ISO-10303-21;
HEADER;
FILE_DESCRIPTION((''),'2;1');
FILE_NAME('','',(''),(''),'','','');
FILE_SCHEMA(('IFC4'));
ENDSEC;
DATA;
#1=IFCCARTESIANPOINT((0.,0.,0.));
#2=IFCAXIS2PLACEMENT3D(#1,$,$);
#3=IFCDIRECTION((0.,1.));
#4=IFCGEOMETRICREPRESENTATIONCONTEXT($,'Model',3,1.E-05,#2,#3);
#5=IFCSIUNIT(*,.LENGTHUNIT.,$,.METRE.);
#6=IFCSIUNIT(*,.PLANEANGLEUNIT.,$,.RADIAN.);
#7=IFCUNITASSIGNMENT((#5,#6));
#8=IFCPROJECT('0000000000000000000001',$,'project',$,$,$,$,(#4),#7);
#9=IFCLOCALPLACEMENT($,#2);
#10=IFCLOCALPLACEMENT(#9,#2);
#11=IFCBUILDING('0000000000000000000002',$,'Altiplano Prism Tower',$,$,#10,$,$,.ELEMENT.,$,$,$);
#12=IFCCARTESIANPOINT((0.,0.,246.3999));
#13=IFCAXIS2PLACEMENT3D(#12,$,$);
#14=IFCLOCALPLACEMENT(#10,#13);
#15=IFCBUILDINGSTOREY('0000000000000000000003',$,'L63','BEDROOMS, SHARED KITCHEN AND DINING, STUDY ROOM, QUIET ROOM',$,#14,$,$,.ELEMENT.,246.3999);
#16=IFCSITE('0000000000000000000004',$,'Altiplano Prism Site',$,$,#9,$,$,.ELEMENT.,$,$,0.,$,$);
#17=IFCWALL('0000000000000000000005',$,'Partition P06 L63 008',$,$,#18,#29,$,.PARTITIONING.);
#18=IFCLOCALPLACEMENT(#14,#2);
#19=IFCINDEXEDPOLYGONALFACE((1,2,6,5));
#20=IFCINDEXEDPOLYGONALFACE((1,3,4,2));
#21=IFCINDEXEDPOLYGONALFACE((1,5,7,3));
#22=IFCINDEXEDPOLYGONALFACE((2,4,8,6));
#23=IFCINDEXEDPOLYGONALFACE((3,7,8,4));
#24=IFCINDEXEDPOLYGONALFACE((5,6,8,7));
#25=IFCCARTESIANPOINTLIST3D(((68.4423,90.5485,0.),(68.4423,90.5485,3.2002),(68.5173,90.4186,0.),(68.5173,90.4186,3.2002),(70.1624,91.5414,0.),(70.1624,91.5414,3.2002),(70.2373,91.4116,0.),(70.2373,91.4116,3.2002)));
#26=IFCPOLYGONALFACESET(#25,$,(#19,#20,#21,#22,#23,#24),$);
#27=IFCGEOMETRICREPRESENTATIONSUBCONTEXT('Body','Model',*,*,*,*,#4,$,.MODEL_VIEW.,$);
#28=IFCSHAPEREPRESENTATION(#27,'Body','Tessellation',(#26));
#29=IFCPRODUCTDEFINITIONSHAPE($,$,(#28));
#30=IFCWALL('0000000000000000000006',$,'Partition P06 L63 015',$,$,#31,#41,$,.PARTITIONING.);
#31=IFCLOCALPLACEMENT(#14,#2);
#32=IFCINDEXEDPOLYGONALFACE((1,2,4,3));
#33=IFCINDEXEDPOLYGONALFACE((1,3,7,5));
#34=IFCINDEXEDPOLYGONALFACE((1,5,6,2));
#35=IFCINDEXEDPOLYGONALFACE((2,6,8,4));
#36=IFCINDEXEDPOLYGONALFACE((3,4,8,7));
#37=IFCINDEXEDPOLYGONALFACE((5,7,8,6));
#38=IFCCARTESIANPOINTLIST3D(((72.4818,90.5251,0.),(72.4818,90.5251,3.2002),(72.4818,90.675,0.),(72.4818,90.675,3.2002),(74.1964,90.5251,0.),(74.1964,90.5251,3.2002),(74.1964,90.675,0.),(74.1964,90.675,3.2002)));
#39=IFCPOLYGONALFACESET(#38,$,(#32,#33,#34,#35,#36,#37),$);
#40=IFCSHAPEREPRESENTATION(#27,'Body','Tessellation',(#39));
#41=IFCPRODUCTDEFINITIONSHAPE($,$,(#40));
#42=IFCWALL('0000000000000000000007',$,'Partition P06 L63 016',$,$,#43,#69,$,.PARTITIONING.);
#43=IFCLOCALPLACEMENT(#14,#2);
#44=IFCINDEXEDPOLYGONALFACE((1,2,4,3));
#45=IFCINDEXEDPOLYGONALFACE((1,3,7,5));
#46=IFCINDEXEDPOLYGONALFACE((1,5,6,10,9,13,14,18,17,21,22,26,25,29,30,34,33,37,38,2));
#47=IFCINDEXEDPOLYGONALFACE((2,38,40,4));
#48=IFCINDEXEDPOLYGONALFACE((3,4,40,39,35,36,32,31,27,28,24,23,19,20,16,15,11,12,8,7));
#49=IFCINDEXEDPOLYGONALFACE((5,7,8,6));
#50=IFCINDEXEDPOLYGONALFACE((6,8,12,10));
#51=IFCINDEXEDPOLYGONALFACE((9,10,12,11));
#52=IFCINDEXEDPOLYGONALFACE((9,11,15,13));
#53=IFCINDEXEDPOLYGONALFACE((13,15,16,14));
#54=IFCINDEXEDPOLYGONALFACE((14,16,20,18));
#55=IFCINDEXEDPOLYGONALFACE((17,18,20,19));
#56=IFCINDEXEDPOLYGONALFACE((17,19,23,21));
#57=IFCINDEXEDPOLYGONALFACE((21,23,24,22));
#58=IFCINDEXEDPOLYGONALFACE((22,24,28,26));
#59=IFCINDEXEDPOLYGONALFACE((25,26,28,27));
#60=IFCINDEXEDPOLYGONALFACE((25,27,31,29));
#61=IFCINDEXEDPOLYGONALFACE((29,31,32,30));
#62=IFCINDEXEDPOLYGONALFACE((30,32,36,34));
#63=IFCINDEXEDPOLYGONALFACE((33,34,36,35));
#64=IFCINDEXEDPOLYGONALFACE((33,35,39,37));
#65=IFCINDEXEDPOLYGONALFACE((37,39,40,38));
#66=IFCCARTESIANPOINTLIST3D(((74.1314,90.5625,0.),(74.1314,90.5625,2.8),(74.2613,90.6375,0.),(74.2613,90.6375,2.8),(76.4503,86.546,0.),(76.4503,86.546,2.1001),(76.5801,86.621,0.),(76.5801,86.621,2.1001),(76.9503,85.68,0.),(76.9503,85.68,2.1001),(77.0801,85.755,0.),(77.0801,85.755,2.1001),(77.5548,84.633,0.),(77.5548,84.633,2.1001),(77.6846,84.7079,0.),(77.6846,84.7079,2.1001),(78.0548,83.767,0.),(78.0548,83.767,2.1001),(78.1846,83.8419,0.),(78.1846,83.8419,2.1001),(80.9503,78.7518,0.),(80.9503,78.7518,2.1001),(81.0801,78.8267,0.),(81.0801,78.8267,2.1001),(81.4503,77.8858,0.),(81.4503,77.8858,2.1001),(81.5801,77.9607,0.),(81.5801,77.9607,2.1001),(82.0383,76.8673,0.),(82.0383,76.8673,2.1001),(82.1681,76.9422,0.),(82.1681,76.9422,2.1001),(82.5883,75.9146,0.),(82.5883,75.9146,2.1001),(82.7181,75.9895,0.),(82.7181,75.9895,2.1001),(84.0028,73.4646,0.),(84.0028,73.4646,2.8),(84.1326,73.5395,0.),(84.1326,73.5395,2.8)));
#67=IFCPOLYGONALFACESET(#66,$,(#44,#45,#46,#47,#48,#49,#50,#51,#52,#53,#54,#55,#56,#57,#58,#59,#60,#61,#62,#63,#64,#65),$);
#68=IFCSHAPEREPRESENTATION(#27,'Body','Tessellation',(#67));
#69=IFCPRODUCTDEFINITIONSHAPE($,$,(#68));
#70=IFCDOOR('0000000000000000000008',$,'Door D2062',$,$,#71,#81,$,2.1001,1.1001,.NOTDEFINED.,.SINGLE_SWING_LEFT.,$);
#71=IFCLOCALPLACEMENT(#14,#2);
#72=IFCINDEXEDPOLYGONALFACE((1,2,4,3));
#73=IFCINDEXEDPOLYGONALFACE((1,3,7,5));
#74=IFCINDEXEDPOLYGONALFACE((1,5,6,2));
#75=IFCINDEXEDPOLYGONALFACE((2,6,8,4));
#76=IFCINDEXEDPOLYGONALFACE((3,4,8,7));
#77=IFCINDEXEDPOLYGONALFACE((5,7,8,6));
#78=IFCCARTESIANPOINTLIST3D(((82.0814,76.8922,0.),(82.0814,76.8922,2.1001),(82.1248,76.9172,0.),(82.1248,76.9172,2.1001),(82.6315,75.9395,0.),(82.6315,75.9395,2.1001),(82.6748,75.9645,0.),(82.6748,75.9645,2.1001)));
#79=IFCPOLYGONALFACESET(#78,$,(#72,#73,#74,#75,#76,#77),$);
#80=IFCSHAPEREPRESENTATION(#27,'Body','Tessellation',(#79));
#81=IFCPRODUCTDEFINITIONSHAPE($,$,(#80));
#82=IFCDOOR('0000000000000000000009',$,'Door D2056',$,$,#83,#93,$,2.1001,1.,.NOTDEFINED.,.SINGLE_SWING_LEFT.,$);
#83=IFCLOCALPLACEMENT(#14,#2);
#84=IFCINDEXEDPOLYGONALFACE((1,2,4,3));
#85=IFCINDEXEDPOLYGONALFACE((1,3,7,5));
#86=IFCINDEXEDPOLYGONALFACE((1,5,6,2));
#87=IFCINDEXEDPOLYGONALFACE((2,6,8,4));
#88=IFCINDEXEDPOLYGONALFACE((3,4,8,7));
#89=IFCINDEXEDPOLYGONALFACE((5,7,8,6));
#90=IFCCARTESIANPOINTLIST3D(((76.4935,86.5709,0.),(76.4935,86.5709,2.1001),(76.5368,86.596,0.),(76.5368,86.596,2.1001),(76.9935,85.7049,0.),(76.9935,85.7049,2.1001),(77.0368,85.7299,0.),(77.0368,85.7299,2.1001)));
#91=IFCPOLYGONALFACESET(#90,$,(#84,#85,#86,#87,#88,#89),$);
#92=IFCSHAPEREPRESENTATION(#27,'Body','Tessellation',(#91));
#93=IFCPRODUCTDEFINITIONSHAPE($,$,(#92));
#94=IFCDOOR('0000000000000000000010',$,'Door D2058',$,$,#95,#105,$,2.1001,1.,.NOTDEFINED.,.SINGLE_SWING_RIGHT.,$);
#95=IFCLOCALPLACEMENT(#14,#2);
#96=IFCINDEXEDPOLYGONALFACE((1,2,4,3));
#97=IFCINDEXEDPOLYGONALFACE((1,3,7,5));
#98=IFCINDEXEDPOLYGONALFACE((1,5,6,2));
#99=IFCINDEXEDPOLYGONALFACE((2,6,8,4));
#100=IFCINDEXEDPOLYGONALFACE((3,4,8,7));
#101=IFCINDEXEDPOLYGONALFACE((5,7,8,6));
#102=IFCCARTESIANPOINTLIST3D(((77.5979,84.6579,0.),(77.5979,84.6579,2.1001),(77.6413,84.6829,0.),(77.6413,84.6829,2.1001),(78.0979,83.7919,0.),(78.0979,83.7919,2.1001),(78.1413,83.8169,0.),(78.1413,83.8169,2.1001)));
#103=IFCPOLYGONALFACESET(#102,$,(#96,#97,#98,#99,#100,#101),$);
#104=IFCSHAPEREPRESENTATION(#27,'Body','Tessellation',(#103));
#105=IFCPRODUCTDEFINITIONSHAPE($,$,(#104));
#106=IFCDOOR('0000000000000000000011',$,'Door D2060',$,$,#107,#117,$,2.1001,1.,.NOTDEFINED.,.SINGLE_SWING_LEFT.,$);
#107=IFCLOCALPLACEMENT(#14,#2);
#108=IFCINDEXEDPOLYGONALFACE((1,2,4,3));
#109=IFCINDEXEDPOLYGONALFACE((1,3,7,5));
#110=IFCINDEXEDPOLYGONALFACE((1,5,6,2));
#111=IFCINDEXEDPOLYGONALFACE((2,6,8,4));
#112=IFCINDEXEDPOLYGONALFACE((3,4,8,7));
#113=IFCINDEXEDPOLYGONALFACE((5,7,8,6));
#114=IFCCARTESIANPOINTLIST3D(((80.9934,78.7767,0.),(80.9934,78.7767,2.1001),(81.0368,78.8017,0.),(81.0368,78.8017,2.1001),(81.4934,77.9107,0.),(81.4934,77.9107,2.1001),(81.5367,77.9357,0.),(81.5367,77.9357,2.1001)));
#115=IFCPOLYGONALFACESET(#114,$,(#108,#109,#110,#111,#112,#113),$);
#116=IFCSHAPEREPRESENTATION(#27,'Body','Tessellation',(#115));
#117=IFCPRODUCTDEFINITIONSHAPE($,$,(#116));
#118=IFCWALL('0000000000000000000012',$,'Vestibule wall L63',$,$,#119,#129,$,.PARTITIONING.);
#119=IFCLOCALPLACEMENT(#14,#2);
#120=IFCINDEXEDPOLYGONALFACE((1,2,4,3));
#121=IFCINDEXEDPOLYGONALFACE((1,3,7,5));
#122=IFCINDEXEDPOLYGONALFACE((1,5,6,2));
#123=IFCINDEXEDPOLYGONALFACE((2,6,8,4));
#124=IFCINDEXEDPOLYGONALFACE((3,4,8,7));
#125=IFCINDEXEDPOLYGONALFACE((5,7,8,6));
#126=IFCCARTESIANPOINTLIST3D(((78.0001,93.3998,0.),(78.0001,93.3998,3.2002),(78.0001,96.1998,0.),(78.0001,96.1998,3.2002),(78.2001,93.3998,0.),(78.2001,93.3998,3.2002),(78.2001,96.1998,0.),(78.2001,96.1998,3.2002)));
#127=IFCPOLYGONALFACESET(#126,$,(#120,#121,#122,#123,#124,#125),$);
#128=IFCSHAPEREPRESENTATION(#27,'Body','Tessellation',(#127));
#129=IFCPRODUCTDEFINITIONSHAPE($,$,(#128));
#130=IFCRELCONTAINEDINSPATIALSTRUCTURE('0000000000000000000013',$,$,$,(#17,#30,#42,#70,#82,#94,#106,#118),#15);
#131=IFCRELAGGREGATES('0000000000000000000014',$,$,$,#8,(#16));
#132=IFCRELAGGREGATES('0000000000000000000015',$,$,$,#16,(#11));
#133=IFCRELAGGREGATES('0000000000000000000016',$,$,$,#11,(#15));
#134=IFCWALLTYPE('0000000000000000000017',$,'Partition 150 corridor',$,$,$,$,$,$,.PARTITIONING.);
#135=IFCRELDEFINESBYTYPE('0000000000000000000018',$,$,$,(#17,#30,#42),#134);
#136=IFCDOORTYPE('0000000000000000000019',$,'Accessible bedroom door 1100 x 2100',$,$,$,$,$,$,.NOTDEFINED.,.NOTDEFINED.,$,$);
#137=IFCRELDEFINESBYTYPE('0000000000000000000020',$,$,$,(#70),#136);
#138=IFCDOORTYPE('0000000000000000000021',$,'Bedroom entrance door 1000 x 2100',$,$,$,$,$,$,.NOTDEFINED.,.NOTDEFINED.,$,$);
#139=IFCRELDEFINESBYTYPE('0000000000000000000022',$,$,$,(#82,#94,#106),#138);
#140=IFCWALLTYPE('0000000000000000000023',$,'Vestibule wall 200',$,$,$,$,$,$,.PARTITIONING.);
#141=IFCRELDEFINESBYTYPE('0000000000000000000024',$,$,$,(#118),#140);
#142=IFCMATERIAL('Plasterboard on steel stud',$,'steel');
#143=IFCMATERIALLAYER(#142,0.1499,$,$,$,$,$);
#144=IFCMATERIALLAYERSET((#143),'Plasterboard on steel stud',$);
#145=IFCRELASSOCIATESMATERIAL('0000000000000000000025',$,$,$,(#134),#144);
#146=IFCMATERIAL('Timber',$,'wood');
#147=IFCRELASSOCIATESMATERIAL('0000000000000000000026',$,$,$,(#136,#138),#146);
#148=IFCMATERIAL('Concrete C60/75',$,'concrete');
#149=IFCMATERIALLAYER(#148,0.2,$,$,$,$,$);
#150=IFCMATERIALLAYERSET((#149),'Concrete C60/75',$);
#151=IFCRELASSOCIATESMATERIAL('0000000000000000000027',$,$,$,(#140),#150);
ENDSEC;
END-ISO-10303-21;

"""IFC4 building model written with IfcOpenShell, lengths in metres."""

from ifc_helpers import new_model, si_unit, direction, frame, frame_2d, origin, place, context, subcontext, project, spatial, rectangle, extrude, material, layer, layer_set, type_object, element, fill, save


model = new_model("IFC4")

# Units and contexts
model_context = context("Model", 3, precision=1e-05, world=origin(), true_north=direction((0.0, 1.0)))
body_context = subcontext(model_context, "Body", "Model", "MODEL_VIEW")
ifc_project = project(units=[si_unit("LENGTHUNIT", "METRE"), si_unit("PLANEANGLEUNIT", "RADIAN")], contexts=[model_context])

# Site, building, storey
site_placement = place(None, origin())
site = spatial("IfcSite", under=ifc_project, at=site_placement, Name="Altiplano Prism Site", CompositionType="ELEMENT", RefElevation=0.0)
building_placement = place(site_placement, origin())
building = spatial("IfcBuilding", under=site, at=building_placement, Name="Altiplano Prism Tower", CompositionType="ELEMENT")
storey_placement = place(building_placement, frame((0.0, 0.0, 246.3999)))
storey = spatial("IfcBuildingStorey", under=building, at=storey_placement, Name="L63", Description="BEDROOMS, SHARED KITCHEN AND DINING, STUDY ROOM, QUIET ROOM", CompositionType="ELEMENT", Elevation=246.3999)

# Shared definitions
ifc_material_1 = material(Name="Concrete C60/75", Category="concrete")

# Walls
ifc_material_2 = material(Name="Plasterboard on steel stud", Category="steel")
ifc_layer_1 = layer(ifc_material_2, 0.1499)
ifc_layer_set_1 = layer_set([ifc_layer_1], Name="Plasterboard on steel stud")
wall_type_1 = type_object("IfcWallType", Name="Partition 150 corridor", PredefinedType="PARTITIONING", material=ifc_layer_set_1)
wall_1_placement = place(storey_placement, frame((70.2, 91.4766, 0.0), z_axis=(0.0, 0.0, 1.0), x_axis=(-0.866048, -0.49996, 0.0)))
element("IfcWall", 1, at=wall_1_placement, inside=storey, type_object=wall_type_1, Name="Partition P06 L63 008", PredefinedType="PARTITIONING", context=body_context, shape_type="SweptSolid", body=[
    extrude(rectangle(XDim=1.9861, YDim=0.1499, at=frame_2d((0.9932, 0.0))), origin(), (0.0, 0.0, 1.0), 3.2002),
])
wall_2_placement = place(storey_placement, frame((72.4817, 90.6001, 0.0), z_axis=(0.0, 0.0, 1.0), x_axis=(1.0, 0.0, 0.0)))
element("IfcWall", 2, at=wall_2_placement, inside=storey, type_object=wall_type_1, Name="Partition P06 L63 015", PredefinedType="PARTITIONING", context=body_context, shape_type="SweptSolid", body=[
    extrude(rectangle(XDim=1.7146, YDim=0.1499, at=frame_2d((0.8574, 0.0))), origin(), (0.0, 0.0, 1.0), 3.2002),
])

# Wall, openings, doors
wall_3_placement = place(storey_placement, frame((74.1963, 90.6001, 0.0), z_axis=(0.0, 0.0, 1.0), x_axis=(0.499995, -0.866028, 0.0)))
wall_3 = element("IfcWall", 3, at=wall_3_placement, inside=storey, type_object=wall_type_1, Name="Partition P06 L63 016", PredefinedType="PARTITIONING", context=body_context, shape_type="SweptSolid", body=[
    extrude(rectangle(XDim=19.7429, YDim=0.1499, at=frame_2d((9.8716, 0.0))), origin(), (0.0, 0.0, 1.0), 2.8),
])
opening_1_placement = place(wall_3_placement, frame((4.6379, 0.0, 0.0)))
opening_1 = element("IfcOpeningElement", 4, at=opening_1_placement, cuts=wall_3, PredefinedType="OPENING", context=body_context, shape_type="SweptSolid", body=[
    extrude(rectangle(XDim=1.0, YDim=2.1001, at=frame_2d((0.5, 1.05))), frame((0.0, 0.0854, 0.0), z_axis=(0.0, -1.0, 0.0), x_axis=(1.0, 0.0, 0.0)), (0.0, 0.0, 1.0), 0.1709),
])
opening_2_placement = place(wall_3_placement, frame((6.8469, 0.0, 0.0)))
opening_2 = element("IfcOpeningElement", 5, at=opening_2_placement, cuts=wall_3, PredefinedType="OPENING", context=body_context, shape_type="SweptSolid", body=[
    extrude(rectangle(XDim=1.0, YDim=2.1001, at=frame_2d((0.5, 1.05))), frame((0.0, 0.0854, 0.0), z_axis=(0.0, -1.0, 0.0), x_axis=(1.0, 0.0, 0.0)), (0.0, 0.0, 1.0), 0.1709),
])
opening_3_placement = place(wall_3_placement, frame((13.6379, 0.0, 0.0)))
opening_3 = element("IfcOpeningElement", 6, at=opening_3_placement, cuts=wall_3, PredefinedType="OPENING", context=body_context, shape_type="SweptSolid", body=[
    extrude(rectangle(XDim=1.0, YDim=2.1001, at=frame_2d((0.5, 1.05))), frame((0.0, 0.0854, 0.0), z_axis=(0.0, -1.0, 0.0), x_axis=(1.0, 0.0, 0.0)), (0.0, 0.0, 1.0), 0.1709),
])
opening_4_placement = place(wall_3_placement, frame((15.814, 0.0, 0.0)))
opening_4 = element("IfcOpeningElement", 7, at=opening_4_placement, cuts=wall_3, PredefinedType="OPENING", context=body_context, shape_type="SweptSolid", body=[
    extrude(rectangle(XDim=1.1001, YDim=2.1001, at=frame_2d((0.55, 1.05))), frame((0.0, 0.0854, 0.0), z_axis=(0.0, -1.0, 0.0), x_axis=(1.0, 0.0, 0.0)), (0.0, 0.0, 1.0), 0.1709),
])
ifc_material_3 = material(Name="Timber", Category="wood")
door_type_1 = type_object("IfcDoorType", Name="Accessible bedroom door 1100 x 2100", OperationType="NOTDEFINED", PredefinedType="NOTDEFINED", material=ifc_material_3)
door_1_placement = place(opening_4_placement, origin())
door_1 = element("IfcDoor", 8, at=door_1_placement, inside=storey, type_object=door_type_1, Name="Door D2062", OperationType="SINGLE_SWING_LEFT", OverallHeight=2.1001, OverallWidth=1.1001, PredefinedType="NOTDEFINED", context=body_context, shape_type="SweptSolid", body=[
    extrude(rectangle(XDim=1.1001, YDim=2.1001, at=frame_2d((0.55, 1.05))), frame((0.0, 0.0249, 0.0), z_axis=(0.0, -1.0, 0.0), x_axis=(1.0, 0.0, 0.0)), (0.0, 0.0, 1.0), 0.05),
])
fill(opening_4, door_1)
door_type_2 = type_object("IfcDoorType", Name="Bedroom entrance door 1000 x 2100", OperationType="NOTDEFINED", PredefinedType="NOTDEFINED", material=ifc_material_3)
door_2_placement = place(opening_1_placement, origin())
door_2 = element("IfcDoor", 9, at=door_2_placement, inside=storey, type_object=door_type_2, Name="Door D2056", OperationType="SINGLE_SWING_LEFT", OverallHeight=2.1001, OverallWidth=1.0, PredefinedType="NOTDEFINED", context=body_context, shape_type="SweptSolid", body=[
    extrude(rectangle(XDim=1.0, YDim=2.1001, at=frame_2d((0.5, 1.05))), frame((0.0, 0.0249, 0.0), z_axis=(0.0, -1.0, 0.0), x_axis=(1.0, 0.0, 0.0)), (0.0, 0.0, 1.0), 0.05),
])
fill(opening_1, door_2)
door_3_placement = place(opening_2_placement, origin())
door_3 = element("IfcDoor", 10, at=door_3_placement, inside=storey, type_object=door_type_2, Name="Door D2058", OperationType="SINGLE_SWING_RIGHT", OverallHeight=2.1001, OverallWidth=1.0, PredefinedType="NOTDEFINED", context=body_context, shape_type="SweptSolid", body=[
    extrude(rectangle(XDim=1.0, YDim=2.1001, at=frame_2d((0.5, 1.05))), frame((0.0, 0.0249, 0.0), z_axis=(0.0, -1.0, 0.0), x_axis=(1.0, 0.0, 0.0)), (0.0, 0.0, 1.0), 0.05),
])
fill(opening_2, door_3)
door_4_placement = place(opening_3_placement, origin())
door_4 = element("IfcDoor", 11, at=door_4_placement, inside=storey, type_object=door_type_2, Name="Door D2060", OperationType="SINGLE_SWING_LEFT", OverallHeight=2.1001, OverallWidth=1.0, PredefinedType="NOTDEFINED", context=body_context, shape_type="SweptSolid", body=[
    extrude(rectangle(XDim=1.0, YDim=2.1001, at=frame_2d((0.5, 1.05))), frame((0.0, 0.0249, 0.0), z_axis=(0.0, -1.0, 0.0), x_axis=(1.0, 0.0, 0.0)), (0.0, 0.0, 1.0), 0.05),
])
fill(opening_3, door_4)

# Wall
ifc_layer_2 = layer(ifc_material_1, 0.2)
ifc_layer_set_2 = layer_set([ifc_layer_2], Name="Concrete C60/75")
wall_type_2 = type_object("IfcWallType", Name="Vestibule wall 200", PredefinedType="PARTITIONING", material=ifc_layer_set_2)
wall_4_placement = place(storey_placement, frame((78.1001, 93.3999, 0.0), z_axis=(0.0, 0.0, 1.0), x_axis=(0.0, 1.0, 0.0)))
element("IfcWall", 12, at=wall_4_placement, inside=storey, type_object=wall_type_2, Name="Vestibule wall L63", PredefinedType="PARTITIONING", context=body_context, shape_type="SweptSolid", body=[
    extrude(rectangle(XDim=2.8, YDim=0.2, at=frame_2d((1.3999, 0.0))), origin(), (0.0, 0.0, 1.0), 3.2002),
])

save(model, "model.ifc")
